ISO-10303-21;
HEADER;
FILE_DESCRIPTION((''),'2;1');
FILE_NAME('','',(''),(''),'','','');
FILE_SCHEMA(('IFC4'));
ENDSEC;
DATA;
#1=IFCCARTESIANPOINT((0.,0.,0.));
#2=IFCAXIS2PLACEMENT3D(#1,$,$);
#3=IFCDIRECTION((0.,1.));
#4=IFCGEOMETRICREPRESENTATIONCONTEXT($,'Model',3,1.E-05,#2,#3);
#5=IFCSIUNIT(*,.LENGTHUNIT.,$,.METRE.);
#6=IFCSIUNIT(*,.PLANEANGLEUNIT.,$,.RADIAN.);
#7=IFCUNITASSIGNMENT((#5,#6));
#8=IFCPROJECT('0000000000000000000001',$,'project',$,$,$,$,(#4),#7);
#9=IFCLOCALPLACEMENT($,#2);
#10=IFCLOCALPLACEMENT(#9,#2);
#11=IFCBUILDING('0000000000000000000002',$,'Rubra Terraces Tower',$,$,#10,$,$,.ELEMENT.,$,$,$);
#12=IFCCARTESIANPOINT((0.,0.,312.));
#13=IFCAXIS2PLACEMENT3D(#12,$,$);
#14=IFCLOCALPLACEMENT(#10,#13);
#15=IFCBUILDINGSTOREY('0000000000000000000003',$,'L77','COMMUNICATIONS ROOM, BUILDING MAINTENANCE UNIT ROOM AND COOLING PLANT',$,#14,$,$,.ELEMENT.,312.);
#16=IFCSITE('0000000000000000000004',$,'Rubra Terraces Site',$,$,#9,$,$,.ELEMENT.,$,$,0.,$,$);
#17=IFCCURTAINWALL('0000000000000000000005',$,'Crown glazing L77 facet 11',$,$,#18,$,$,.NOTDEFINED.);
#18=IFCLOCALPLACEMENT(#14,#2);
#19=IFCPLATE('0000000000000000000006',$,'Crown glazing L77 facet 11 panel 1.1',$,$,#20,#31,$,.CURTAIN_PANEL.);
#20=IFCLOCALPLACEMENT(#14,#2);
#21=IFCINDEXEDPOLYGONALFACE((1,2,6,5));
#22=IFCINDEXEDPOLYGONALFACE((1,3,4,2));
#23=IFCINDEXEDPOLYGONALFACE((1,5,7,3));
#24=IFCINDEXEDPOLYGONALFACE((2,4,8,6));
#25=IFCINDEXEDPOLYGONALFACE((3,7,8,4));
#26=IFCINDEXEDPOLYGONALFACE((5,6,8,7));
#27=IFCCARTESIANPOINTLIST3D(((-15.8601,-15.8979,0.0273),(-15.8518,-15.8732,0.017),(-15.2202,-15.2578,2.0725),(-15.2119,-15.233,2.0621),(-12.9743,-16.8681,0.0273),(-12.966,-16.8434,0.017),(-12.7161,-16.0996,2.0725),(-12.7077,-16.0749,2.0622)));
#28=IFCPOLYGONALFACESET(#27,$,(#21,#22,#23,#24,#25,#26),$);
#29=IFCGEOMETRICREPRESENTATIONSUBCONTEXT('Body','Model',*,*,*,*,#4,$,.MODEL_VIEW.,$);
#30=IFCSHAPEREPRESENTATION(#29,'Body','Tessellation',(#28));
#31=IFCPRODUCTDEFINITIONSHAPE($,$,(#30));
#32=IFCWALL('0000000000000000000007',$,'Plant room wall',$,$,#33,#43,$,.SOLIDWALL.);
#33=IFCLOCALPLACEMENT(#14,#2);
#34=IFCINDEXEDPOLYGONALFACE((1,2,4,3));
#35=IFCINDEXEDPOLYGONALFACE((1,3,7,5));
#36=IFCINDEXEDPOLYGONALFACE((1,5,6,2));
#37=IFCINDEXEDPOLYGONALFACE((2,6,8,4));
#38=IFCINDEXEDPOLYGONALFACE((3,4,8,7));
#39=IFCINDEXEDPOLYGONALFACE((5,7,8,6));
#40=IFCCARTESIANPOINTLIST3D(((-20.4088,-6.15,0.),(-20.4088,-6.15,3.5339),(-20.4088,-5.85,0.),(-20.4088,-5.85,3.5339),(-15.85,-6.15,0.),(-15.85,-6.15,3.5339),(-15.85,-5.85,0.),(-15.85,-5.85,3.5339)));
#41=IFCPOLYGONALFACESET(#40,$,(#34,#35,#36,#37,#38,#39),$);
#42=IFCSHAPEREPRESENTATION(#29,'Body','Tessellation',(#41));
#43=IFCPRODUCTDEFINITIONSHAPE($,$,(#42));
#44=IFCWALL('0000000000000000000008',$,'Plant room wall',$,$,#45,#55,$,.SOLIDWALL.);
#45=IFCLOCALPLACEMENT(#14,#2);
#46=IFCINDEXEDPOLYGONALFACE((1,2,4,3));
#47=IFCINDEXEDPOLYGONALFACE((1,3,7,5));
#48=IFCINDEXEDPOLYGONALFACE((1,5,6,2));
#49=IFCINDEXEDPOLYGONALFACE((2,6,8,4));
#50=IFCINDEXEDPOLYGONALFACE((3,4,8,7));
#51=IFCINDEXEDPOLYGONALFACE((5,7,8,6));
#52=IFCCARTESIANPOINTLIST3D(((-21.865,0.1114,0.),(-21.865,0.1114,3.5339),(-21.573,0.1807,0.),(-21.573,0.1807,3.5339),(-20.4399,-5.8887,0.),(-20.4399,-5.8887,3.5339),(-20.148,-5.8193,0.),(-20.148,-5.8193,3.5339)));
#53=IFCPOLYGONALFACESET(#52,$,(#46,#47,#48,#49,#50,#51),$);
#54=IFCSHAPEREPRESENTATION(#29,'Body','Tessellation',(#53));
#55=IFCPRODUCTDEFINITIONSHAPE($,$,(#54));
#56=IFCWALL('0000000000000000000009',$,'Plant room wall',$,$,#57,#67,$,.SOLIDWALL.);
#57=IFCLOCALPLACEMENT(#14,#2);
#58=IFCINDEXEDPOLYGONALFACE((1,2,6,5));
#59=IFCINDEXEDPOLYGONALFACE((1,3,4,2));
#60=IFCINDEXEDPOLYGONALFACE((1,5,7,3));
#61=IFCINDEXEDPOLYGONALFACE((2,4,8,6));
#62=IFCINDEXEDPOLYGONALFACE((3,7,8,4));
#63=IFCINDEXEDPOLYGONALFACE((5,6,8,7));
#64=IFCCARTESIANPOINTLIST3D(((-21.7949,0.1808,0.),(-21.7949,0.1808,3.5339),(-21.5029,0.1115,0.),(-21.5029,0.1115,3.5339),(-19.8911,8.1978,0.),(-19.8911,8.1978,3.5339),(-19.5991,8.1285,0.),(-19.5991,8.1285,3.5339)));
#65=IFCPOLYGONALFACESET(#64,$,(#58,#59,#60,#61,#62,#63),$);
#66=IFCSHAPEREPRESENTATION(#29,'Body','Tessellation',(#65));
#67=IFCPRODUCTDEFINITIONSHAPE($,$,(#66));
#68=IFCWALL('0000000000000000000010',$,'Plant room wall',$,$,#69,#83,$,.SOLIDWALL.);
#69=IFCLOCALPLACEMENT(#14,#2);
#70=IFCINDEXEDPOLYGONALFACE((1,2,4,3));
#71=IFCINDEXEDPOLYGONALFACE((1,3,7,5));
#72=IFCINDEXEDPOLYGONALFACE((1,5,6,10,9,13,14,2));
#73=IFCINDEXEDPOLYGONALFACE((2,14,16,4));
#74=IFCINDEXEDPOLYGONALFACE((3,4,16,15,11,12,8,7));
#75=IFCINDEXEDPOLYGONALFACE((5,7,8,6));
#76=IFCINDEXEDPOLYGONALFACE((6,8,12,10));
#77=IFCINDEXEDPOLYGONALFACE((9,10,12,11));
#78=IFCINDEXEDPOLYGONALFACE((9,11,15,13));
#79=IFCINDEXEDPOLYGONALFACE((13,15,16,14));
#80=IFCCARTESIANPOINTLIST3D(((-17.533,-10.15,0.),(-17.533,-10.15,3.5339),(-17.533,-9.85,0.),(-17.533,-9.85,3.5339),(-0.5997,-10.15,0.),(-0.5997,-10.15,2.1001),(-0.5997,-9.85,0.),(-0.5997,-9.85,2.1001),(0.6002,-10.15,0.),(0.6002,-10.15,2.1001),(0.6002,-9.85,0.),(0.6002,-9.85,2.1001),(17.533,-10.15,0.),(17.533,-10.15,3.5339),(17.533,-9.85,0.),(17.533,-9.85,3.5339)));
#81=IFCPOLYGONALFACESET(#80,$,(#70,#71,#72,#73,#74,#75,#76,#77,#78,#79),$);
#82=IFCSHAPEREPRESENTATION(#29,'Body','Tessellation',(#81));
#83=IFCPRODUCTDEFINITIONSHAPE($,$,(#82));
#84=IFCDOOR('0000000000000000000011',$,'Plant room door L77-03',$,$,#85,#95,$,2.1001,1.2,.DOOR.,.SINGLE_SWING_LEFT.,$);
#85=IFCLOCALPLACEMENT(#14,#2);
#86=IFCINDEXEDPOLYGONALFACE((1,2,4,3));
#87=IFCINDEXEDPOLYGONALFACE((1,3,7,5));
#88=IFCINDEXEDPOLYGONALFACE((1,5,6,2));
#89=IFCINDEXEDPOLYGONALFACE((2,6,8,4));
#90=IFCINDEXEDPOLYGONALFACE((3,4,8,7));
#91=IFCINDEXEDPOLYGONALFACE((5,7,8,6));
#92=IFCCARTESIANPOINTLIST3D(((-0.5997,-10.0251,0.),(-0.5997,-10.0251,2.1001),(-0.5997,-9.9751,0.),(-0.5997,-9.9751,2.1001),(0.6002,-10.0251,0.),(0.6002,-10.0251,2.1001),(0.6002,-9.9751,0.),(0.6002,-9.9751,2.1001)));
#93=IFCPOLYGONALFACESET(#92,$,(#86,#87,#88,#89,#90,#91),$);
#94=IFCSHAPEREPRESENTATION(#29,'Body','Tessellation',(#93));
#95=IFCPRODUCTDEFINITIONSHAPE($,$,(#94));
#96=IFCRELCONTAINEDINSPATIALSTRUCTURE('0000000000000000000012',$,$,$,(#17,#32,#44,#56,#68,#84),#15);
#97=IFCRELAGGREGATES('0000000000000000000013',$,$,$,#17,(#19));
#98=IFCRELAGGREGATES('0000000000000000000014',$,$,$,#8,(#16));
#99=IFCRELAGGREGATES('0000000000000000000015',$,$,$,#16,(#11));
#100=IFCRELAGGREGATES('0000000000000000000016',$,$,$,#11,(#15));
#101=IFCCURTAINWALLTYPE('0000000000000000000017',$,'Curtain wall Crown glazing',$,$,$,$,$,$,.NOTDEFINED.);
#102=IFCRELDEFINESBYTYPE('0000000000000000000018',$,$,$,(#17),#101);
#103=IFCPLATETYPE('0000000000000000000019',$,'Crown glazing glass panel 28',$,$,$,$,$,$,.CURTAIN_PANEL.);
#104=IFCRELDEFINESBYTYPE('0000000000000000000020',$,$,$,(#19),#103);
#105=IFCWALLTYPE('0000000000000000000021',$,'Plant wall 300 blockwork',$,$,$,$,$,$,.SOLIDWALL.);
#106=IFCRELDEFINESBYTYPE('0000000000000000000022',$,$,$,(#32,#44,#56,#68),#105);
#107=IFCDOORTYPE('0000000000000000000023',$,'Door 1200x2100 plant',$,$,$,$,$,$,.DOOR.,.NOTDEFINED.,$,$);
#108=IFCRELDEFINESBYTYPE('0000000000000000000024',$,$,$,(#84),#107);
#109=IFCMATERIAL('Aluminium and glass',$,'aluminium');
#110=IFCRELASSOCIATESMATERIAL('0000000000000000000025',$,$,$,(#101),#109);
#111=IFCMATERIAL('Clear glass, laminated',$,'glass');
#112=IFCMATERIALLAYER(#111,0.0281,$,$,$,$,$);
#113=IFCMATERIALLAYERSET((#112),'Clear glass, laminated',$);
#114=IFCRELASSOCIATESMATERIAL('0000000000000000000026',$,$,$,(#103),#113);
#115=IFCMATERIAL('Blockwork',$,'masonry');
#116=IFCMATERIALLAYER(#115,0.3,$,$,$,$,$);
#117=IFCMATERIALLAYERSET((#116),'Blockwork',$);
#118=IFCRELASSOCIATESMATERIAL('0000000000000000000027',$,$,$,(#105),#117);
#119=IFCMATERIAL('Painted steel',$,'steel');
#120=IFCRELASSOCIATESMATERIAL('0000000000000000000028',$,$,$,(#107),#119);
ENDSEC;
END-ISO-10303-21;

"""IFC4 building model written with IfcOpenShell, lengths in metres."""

from ifc_helpers import new_model, si_unit, direction, frame, frame_2d, origin, place, context, subcontext, project, spatial, polyline, rectangle, outline, extrude, material, layer, layer_set, type_object, element, fill, aggregate, save


model = new_model("IFC4")

# Units and contexts
model_context = context("Model", 3, precision=1e-05, world=origin(), true_north=direction((0.0, 1.0)))
body_context = subcontext(model_context, "Body", "Model", "MODEL_VIEW")
ifc_project = project(units=[si_unit("LENGTHUNIT", "METRE"), si_unit("PLANEANGLEUNIT", "RADIAN")], contexts=[model_context])

# Site, building, storey
site_placement = place(None, origin())
site = spatial("IfcSite", under=ifc_project, at=site_placement, Name="Rubra Terraces Site", CompositionType="ELEMENT", RefElevation=0.0)
building_placement = place(site_placement, origin())
building = spatial("IfcBuilding", under=site, at=building_placement, Name="Rubra Terraces Tower", CompositionType="ELEMENT")
storey_placement = place(building_placement, frame((0.0, 0.0, 312.0)))
storey = spatial("IfcBuildingStorey", under=building, at=storey_placement, Name="L77", Description="COMMUNICATIONS ROOM, BUILDING MAINTENANCE UNIT ROOM AND COOLING PLANT", CompositionType="ELEMENT", Elevation=312.0)

# Shared definitions
ifc_material_1 = material(Name="Aluminium and glass", Category="aluminium")
curtain_wall_type = type_object("IfcCurtainWallType", Name="Curtain wall Crown glazing", PredefinedType="NOTDEFINED", material=ifc_material_1)

# Curtain wall
curtain_wall_1_placement = place(storey_placement, origin())
curtain_wall_1 = element("IfcCurtainWall", 1, at=curtain_wall_1_placement, inside=storey, type_object=curtain_wall_type, Name="Crown glazing L77 facet 11", PredefinedType="NOTDEFINED")

# Plate
ifc_material_2 = material(Name="Clear glass, laminated", Category="glass")
ifc_layer_1 = layer(ifc_material_2, 0.0281)
ifc_layer_set_1 = layer_set([ifc_layer_1], Name="Clear glass, laminated")
plate_type = type_object("IfcPlateType", Name="Crown glazing glass panel 28", PredefinedType="CURTAIN_PANEL", material=ifc_layer_set_1)
plate_1_placement = place(storey_placement, frame((-15.8601, -15.8979, 0.0273), z_axis=(-0.296234, -0.881159, 0.368517), x_axis=(0.947868, -0.318664, -0.000007)))
plate_1 = element("IfcPlate", 2, at=plate_1_placement, type_object=plate_type, Name="Crown glazing L77 facet 11 panel 1.1", PredefinedType="CURTAIN_PANEL", context=body_context, shape_type="SweptSolid", body=[
    extrude(outline(polyline([(0.0, 0.0), (3.0445, 0.0), (3.0444, 2.2), (0.4025, 2.2), (0.0, 0.0)])), origin(), (0.0, 0.0, -1.0), 0.0281),
])
aggregate(curtain_wall_1, [plate_1])

# Walls
ifc_material_3 = material(Name="Blockwork", Category="masonry")
ifc_layer_2 = layer(ifc_material_3, 0.3)
ifc_layer_set_2 = layer_set([ifc_layer_2], Name="Blockwork")
wall_type = type_object("IfcWallType", Name="Plant wall 300 blockwork", PredefinedType="SOLIDWALL", material=ifc_layer_set_2)
wall_1_placement = place(storey_placement, frame((-15.8501, -6.0, 0.0), z_axis=(0.0, 0.0, 1.0), x_axis=(-1.0, 0.0, 0.0)))
element("IfcWall", 3, at=wall_1_placement, inside=storey, type_object=wall_type, Name="Plant room wall", PredefinedType="SOLIDWALL", context=body_context, shape_type="SweptSolid", body=[
    extrude(rectangle(XDim=4.5588, YDim=0.3, at=frame_2d((2.2793, 0.0))), origin(), (0.0, 0.0, 1.0), 3.5339),
])
wall_2_placement = place(storey_placement, frame((-20.2939, -5.854, 0.0), z_axis=(0.0, 0.0, 1.0), x_axis=(-0.23108, 0.972935, 0.0)))
element("IfcWall", 4, at=wall_2_placement, inside=storey, type_object=wall_type, Name="Plant room wall", PredefinedType="SOLIDWALL", context=body_context, shape_type="SweptSolid", body=[
    extrude(rectangle(XDim=6.167, YDim=0.3, at=frame_2d((3.0835, 0.0))), origin(), (0.0, 0.0, 1.0), 3.5339),
])
wall_3_placement = place(storey_placement, frame((-21.6489, 0.146, 0.0), z_axis=(0.0, 0.0, 1.0), x_axis=(0.231044, 0.972943, 0.0)))
element("IfcWall", 5, at=wall_3_placement, inside=storey, type_object=wall_type, Name="Plant room wall", PredefinedType="SOLIDWALL", context=body_context, shape_type="SweptSolid", body=[
    extrude(rectangle(XDim=8.24, YDim=0.3, at=frame_2d((4.1201, 0.0))), origin(), (0.0, 0.0, 1.0), 3.5339),
])

# Wall, opening, door
wall_4_placement = place(storey_placement, frame((-17.533, -10.0, 0.0), z_axis=(0.0, 0.0, 1.0), x_axis=(1.0, 0.0, 0.0)))
wall_4 = element("IfcWall", 6, at=wall_4_placement, inside=storey, type_object=wall_type, Name="Plant room wall", PredefinedType="SOLIDWALL", context=body_context, shape_type="SweptSolid", body=[
    extrude(rectangle(XDim=35.0659, YDim=0.3, at=frame_2d((17.533, 0.0))), origin(), (0.0, 0.0, 1.0), 3.5339),
])
opening_placement = place(wall_4_placement, frame((16.9331, 0.0, 0.0)))
opening = element("IfcOpeningElement", 7, at=opening_placement, cuts=wall_4, PredefinedType="OPENING", context=body_context, shape_type="SweptSolid", body=[
    extrude(rectangle(XDim=1.2, YDim=2.1001, at=frame_2d((0.6001, 1.05))), frame((0.0, 0.1599, 0.0), z_axis=(0.0, -1.0, 0.0), x_axis=(1.0, 0.0, 0.0)), (0.0, 0.0, 1.0), 0.3201),
])
ifc_material_4 = material(Name="Painted steel", Category="steel")
door_type = type_object("IfcDoorType", Name="Door 1200x2100 plant", OperationType="NOTDEFINED", PredefinedType="DOOR", material=ifc_material_4)
door_placement = place(opening_placement, origin())
door = element("IfcDoor", 8, at=door_placement, inside=storey, type_object=door_type, Name="Plant room door L77-03", OperationType="SINGLE_SWING_LEFT", OverallHeight=2.1001, OverallWidth=1.2, PredefinedType="DOOR", context=body_context, shape_type="SweptSolid", body=[
    extrude(rectangle(XDim=1.2, YDim=2.1001, at=frame_2d((0.6001, 1.05))), frame((0.0, 0.0249, 0.0), z_axis=(0.0, -1.0, 0.0), x_axis=(1.0, 0.0, 0.0)), (0.0, 0.0, 1.0), 0.05),
])
fill(opening, door)

save(model, "model.ifc")
